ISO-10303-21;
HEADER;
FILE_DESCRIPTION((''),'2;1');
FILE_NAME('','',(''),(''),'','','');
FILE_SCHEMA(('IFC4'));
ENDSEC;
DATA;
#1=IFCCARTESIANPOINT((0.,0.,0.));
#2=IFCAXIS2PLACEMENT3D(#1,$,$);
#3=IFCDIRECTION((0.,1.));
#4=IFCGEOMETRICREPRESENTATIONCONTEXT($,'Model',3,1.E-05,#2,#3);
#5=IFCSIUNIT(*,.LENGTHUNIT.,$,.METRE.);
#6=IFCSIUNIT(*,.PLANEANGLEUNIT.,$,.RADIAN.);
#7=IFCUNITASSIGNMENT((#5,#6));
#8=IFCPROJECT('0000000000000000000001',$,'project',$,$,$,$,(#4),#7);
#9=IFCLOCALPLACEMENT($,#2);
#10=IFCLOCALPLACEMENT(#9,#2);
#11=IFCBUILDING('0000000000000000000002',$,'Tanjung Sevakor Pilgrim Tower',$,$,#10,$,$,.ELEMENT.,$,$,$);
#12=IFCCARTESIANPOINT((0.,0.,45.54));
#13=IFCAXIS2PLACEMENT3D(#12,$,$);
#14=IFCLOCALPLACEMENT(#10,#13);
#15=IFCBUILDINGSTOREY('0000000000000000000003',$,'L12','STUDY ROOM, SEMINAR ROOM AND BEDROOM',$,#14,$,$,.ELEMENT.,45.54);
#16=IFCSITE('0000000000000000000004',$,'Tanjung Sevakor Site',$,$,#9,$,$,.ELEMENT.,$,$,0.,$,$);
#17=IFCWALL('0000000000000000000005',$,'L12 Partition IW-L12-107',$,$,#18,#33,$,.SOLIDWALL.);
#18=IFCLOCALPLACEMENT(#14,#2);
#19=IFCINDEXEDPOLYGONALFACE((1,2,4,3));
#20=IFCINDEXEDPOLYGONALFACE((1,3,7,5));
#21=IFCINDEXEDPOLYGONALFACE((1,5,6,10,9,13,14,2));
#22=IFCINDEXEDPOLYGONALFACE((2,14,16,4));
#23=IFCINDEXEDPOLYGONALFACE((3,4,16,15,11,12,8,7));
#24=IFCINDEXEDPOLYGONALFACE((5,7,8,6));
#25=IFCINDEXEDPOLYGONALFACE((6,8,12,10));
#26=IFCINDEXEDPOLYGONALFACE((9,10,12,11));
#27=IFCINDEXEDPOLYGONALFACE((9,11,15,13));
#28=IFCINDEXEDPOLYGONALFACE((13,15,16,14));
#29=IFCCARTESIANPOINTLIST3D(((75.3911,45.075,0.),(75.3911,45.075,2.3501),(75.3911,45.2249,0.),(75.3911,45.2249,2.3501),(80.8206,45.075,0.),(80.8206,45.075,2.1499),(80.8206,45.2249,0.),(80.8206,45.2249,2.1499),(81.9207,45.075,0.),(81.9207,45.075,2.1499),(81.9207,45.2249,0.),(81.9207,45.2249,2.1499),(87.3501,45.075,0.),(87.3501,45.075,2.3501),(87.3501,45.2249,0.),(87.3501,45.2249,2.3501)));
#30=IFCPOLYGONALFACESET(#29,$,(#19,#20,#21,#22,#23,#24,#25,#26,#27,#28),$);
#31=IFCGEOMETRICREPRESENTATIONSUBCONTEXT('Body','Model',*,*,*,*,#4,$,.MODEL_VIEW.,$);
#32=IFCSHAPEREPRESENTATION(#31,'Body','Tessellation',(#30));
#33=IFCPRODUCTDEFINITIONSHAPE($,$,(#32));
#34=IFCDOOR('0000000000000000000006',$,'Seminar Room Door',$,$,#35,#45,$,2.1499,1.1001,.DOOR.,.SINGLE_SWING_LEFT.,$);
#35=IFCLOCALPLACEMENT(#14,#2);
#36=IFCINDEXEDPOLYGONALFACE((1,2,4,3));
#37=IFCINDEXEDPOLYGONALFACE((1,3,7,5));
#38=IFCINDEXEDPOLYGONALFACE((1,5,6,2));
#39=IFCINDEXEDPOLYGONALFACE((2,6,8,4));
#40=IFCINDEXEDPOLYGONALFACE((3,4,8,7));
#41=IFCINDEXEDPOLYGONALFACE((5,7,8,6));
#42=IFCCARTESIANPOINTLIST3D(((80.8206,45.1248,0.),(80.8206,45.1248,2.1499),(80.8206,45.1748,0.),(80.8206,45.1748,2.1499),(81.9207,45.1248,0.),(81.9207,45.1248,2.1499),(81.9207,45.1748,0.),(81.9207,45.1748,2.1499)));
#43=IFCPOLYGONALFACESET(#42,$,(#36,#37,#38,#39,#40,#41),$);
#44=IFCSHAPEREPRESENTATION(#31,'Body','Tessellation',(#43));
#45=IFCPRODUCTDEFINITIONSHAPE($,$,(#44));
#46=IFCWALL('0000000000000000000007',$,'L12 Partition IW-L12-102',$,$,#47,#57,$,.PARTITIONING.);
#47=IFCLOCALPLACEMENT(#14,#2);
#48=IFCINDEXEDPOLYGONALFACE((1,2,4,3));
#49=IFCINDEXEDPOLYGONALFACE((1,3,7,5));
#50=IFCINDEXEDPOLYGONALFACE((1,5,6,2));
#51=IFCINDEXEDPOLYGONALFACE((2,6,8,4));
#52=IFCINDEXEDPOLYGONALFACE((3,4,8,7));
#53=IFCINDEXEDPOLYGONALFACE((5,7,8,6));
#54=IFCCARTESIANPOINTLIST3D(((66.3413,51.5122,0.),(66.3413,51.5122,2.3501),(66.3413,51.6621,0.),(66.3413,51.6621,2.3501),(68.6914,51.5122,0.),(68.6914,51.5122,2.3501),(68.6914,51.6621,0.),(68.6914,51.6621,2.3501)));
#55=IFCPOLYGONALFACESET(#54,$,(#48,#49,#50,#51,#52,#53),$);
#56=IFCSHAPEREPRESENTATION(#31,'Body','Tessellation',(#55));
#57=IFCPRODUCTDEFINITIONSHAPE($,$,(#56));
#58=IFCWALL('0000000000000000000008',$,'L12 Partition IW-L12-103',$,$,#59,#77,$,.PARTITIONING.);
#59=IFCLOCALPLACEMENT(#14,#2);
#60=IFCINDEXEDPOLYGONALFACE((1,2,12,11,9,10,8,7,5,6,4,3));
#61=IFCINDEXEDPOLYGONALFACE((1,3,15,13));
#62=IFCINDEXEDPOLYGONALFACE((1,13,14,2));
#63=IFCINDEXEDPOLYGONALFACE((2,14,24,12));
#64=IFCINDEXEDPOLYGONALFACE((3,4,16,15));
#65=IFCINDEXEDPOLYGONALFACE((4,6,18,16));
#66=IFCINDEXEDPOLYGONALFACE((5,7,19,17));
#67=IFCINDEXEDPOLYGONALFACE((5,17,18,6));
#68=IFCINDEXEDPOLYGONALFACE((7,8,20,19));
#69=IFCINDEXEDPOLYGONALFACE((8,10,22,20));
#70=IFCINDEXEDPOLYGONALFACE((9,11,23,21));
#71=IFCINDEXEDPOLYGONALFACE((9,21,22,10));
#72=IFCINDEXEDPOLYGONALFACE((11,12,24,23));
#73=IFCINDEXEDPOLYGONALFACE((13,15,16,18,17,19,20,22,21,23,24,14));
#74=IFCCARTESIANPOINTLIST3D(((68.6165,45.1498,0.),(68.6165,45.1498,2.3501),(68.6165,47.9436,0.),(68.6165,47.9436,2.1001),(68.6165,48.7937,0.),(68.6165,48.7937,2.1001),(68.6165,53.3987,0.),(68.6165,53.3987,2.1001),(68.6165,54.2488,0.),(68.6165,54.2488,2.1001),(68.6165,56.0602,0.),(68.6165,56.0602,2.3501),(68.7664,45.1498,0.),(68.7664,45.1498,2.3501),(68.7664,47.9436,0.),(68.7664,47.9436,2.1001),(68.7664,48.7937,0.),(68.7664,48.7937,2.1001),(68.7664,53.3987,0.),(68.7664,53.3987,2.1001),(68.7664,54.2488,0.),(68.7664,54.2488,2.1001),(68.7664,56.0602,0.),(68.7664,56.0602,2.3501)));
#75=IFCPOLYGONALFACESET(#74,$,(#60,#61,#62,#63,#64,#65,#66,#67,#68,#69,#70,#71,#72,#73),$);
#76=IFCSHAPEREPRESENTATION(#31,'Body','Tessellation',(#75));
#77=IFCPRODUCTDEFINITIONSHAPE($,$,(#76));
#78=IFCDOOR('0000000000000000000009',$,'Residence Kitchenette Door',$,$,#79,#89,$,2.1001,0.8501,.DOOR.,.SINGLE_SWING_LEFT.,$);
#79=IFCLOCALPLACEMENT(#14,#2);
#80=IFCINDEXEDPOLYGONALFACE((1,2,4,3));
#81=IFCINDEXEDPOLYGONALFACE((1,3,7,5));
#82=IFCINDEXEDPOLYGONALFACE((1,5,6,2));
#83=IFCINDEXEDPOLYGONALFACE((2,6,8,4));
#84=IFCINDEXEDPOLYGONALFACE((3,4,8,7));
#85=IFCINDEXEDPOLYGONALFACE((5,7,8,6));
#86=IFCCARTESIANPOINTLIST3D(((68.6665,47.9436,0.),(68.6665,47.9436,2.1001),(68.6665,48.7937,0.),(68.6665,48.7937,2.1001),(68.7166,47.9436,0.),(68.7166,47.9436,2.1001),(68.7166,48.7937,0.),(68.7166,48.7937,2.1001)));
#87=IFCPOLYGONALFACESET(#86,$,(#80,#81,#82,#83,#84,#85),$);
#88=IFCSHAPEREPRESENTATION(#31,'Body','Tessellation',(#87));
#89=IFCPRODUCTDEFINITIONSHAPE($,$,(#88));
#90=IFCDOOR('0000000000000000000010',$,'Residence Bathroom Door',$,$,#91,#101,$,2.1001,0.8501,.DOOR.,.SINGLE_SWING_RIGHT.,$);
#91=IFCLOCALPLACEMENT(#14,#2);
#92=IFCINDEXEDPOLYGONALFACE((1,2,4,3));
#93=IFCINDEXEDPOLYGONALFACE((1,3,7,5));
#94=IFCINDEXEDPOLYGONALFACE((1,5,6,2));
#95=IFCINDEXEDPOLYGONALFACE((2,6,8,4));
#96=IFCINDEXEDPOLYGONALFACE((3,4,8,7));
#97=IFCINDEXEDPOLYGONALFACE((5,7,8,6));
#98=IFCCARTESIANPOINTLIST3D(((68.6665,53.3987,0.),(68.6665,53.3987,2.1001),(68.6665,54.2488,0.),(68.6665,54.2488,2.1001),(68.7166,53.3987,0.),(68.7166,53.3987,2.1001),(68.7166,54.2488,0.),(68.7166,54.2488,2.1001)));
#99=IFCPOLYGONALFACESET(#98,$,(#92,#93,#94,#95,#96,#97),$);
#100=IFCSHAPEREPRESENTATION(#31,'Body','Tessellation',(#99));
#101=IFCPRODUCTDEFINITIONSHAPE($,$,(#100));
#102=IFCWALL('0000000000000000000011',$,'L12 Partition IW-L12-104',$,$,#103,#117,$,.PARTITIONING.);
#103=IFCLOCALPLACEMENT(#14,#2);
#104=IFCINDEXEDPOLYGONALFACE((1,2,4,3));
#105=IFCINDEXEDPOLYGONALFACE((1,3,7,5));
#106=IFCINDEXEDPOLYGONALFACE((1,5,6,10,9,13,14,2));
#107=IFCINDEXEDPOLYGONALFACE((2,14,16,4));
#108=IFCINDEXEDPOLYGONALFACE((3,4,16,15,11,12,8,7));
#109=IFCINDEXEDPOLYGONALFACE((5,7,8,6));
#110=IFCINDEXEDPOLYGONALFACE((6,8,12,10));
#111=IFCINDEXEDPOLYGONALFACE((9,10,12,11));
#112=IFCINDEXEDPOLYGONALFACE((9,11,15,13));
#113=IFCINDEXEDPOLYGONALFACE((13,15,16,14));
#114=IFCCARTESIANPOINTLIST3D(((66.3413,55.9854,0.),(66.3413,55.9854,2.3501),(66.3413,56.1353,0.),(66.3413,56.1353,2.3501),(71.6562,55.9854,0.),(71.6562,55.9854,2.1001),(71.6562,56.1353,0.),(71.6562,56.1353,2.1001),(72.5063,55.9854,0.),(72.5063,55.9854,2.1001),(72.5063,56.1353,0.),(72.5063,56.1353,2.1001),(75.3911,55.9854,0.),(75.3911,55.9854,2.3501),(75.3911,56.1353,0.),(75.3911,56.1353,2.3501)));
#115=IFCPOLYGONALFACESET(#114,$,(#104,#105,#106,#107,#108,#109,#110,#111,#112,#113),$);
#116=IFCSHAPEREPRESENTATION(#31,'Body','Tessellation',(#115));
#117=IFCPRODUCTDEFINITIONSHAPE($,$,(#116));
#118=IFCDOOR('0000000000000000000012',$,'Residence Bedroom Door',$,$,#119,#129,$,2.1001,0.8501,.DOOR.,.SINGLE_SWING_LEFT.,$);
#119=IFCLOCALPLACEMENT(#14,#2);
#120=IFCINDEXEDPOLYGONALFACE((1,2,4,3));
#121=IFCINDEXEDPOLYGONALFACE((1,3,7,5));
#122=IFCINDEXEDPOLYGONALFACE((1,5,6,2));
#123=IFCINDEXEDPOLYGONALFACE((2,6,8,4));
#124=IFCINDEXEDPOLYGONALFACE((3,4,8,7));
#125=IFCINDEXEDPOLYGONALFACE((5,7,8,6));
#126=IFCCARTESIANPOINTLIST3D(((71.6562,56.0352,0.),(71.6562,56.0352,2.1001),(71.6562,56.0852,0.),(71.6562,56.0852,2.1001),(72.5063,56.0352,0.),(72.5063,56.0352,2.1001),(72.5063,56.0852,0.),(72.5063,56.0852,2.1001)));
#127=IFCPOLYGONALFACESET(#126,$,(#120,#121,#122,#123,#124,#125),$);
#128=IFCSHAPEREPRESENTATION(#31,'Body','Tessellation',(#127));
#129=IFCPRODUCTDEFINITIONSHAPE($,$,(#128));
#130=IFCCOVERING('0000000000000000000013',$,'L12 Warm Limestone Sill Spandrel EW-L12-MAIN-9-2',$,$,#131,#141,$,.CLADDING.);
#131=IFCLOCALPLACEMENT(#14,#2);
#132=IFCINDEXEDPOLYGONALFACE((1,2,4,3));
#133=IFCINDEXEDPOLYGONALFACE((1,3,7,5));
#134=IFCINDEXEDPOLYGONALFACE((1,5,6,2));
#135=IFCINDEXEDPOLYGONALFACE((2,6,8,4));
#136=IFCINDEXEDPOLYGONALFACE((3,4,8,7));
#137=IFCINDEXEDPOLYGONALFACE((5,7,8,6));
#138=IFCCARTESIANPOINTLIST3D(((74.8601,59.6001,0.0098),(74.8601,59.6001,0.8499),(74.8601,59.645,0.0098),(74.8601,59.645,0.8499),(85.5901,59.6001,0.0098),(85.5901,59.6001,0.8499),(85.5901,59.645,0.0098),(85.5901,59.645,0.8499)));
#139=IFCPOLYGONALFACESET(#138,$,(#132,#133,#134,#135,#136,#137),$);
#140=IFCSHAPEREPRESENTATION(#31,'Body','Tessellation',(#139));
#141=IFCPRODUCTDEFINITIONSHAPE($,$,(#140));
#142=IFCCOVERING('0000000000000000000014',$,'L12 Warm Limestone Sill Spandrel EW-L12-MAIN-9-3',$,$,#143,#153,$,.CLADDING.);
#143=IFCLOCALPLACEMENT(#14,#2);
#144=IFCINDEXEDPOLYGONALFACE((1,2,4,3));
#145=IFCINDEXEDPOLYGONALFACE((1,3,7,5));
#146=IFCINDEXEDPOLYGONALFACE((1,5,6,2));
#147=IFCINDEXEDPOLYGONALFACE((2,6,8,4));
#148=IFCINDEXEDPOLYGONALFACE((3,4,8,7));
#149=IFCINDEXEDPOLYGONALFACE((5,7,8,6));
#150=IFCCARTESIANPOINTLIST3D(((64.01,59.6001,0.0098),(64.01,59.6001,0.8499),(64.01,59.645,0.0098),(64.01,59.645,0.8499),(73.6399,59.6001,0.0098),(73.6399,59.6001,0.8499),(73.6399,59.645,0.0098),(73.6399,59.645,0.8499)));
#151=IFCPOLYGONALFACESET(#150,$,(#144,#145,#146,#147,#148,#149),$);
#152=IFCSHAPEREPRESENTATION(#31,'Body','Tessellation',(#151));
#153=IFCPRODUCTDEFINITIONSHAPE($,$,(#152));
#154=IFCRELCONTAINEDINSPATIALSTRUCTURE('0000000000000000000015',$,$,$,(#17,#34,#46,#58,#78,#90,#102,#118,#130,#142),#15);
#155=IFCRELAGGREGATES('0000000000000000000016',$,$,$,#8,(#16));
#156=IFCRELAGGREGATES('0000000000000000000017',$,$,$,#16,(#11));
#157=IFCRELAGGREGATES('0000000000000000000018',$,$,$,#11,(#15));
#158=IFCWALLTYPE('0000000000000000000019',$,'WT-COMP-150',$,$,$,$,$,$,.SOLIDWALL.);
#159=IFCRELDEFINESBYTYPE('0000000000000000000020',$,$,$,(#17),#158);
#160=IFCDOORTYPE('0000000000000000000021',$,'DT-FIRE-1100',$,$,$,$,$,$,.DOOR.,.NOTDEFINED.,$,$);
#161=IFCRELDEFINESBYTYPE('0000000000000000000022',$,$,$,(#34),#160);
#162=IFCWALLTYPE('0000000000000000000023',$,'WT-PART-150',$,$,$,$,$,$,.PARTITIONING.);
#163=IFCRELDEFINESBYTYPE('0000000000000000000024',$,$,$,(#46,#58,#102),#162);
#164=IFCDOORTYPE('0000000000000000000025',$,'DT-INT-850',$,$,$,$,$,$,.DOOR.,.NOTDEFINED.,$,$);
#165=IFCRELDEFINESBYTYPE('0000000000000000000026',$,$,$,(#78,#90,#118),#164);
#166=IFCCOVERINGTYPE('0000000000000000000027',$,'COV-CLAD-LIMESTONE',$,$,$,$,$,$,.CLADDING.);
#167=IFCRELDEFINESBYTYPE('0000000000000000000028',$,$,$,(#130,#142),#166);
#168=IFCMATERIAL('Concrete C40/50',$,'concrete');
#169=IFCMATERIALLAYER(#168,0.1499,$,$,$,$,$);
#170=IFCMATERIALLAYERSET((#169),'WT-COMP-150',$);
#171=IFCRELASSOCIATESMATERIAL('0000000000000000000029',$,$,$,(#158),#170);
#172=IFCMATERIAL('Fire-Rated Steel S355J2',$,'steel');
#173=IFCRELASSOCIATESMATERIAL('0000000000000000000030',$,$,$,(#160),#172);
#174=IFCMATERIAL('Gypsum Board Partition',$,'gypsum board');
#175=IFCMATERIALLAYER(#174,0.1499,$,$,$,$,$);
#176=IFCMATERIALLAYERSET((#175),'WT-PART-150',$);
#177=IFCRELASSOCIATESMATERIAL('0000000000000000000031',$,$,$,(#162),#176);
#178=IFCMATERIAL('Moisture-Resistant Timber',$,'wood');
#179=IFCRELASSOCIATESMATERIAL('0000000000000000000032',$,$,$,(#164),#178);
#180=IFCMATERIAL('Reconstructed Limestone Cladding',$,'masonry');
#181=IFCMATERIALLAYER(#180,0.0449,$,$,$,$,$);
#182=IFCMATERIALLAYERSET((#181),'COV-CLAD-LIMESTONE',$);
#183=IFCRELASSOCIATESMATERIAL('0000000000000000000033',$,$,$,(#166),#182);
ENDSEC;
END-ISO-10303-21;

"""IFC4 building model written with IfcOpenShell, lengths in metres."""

from ifc_helpers import new_model, si_unit, direction, frame, frame_2d, origin, origin_2d, place, context, subcontext, project, spatial, rectangle, extrude, material, layer, layer_set, type_object, element, fill, save


model = new_model("IFC4")

# Units and contexts
model_context = context("Model", 3, precision=1e-05, world=origin(), true_north=direction((0.0, 1.0)))
body_context = subcontext(model_context, "Body", "Model", "MODEL_VIEW")
ifc_project = project(units=[si_unit("LENGTHUNIT", "METRE"), si_unit("PLANEANGLEUNIT", "RADIAN")], contexts=[model_context])

# Site, building, storey
site_placement = place(None, origin())
site = spatial("IfcSite", under=ifc_project, at=site_placement, Name="Tanjung Sevakor Site", CompositionType="ELEMENT", RefElevation=0.0)
building_placement = place(site_placement, origin())
building = spatial("IfcBuilding", under=site, at=building_placement, Name="Tanjung Sevakor Pilgrim Tower", CompositionType="ELEMENT")
storey_placement = place(building_placement, frame((0.0, 0.0, 45.54)))
storey = spatial("IfcBuildingStorey", under=building, at=storey_placement, Name="L12", Description="STUDY ROOM, SEMINAR ROOM AND BEDROOM", CompositionType="ELEMENT", Elevation=45.54)

# Shared definitions
ifc_material_1 = material(Name="Concrete C40/50", Category="concrete")
ifc_layer_1 = layer(ifc_material_1, 0.1499)
ifc_layer_set_1 = layer_set([ifc_layer_1], Name="WT-COMP-150")
wall_type_1 = type_object("IfcWallType", Name="WT-COMP-150", PredefinedType="SOLIDWALL", material=ifc_layer_set_1)

# Wall, opening, door
wall_1_placement = place(storey_placement, frame((75.3911, 45.1499, 0.0), z_axis=(0.0, 0.0, 1.0), x_axis=(1.0, 0.0, 0.0)))
wall_1 = element("IfcWall", 1, at=wall_1_placement, inside=storey, type_object=wall_type_1, Name="L12 Partition IW-L12-107", PredefinedType="SOLIDWALL", context=body_context, shape_type="SweptSolid", body=[
    extrude(rectangle(XDim=11.959, YDim=0.1499, at=frame_2d((5.9795, 0.0))), origin(), (0.0, 0.0, 1.0), 2.3501),
])
opening_1_placement = place(wall_1_placement, frame((5.4294, 0.0, 0.0)))
opening_1 = element("IfcOpeningElement", 2, at=opening_1_placement, cuts=wall_1, PredefinedType="OPENING", context=body_context, shape_type="SweptSolid", body=[
    extrude(rectangle(XDim=1.1001, YDim=2.1499, at=frame_2d((0.55, 1.075))), frame((0.0, 0.085, 0.0), z_axis=(0.0, -1.0, 0.0), x_axis=(1.0, 0.0, 0.0)), (0.0, 0.0, 1.0), 0.1699),
])
ifc_material_2 = material(Name="Fire-Rated Steel S355J2", Category="steel")
door_type_1 = type_object("IfcDoorType", Name="DT-FIRE-1100", OperationType="NOTDEFINED", PredefinedType="DOOR", material=ifc_material_2)
door_1_placement = place(opening_1_placement, origin())
door_1 = element("IfcDoor", 3, at=door_1_placement, inside=storey, type_object=door_type_1, Name="Seminar Room Door", OperationType="SINGLE_SWING_LEFT", OverallHeight=2.1499, OverallWidth=1.1001, PredefinedType="DOOR", context=body_context, shape_type="SweptSolid", body=[
    extrude(rectangle(XDim=1.1001, YDim=2.1499, at=frame_2d((0.55, 1.075))), frame((0.0, 0.0249, 0.0), z_axis=(0.0, -1.0, 0.0), x_axis=(1.0, 0.0, 0.0)), (0.0, 0.0, 1.0), 0.05),
])
fill(opening_1, door_1)

# Wall
ifc_material_3 = material(Name="Gypsum Board Partition", Category="gypsum board")
ifc_layer_2 = layer(ifc_material_3, 0.1499)
ifc_layer_set_2 = layer_set([ifc_layer_2], Name="WT-PART-150")
wall_type_2 = type_object("IfcWallType", Name="WT-PART-150", PredefinedType="PARTITIONING", material=ifc_layer_set_2)
wall_2_placement = place(storey_placement, frame((66.3413, 51.5872, 0.0), z_axis=(0.0, 0.0, 1.0), x_axis=(1.0, 0.0, 0.0)))
element("IfcWall", 4, at=wall_2_placement, inside=storey, type_object=wall_type_2, Name="L12 Partition IW-L12-102", PredefinedType="PARTITIONING", context=body_context, shape_type="SweptSolid", body=[
    extrude(rectangle(XDim=2.3501, YDim=0.1499, at=frame_2d((1.175, 0.0))), origin(), (0.0, 0.0, 1.0), 2.3501),
])

# Wall, openings, doors
wall_3_placement = place(storey_placement, frame((68.6914, 45.1499, 0.0), z_axis=(0.0, 0.0, 1.0), x_axis=(0.0, 1.0, 0.0)))
wall_3 = element("IfcWall", 5, at=wall_3_placement, inside=storey, type_object=wall_type_2, Name="L12 Partition IW-L12-103", PredefinedType="PARTITIONING", context=body_context, shape_type="SweptSolid", body=[
    extrude(rectangle(XDim=10.9104, YDim=0.1499, at=frame_2d((5.4551, 0.0))), origin(), (0.0, 0.0, 1.0), 2.3501),
])
opening_2_placement = place(wall_3_placement, frame((2.7937, 0.0, 0.0)))
opening_2 = element("IfcOpeningElement", 6, at=opening_2_placement, cuts=wall_3, PredefinedType="OPENING", context=body_context, shape_type="SweptSolid", body=[
    extrude(rectangle(XDim=0.8501, YDim=2.1001, at=frame_2d((0.425, 1.05))), frame((0.0, 0.085, 0.0), z_axis=(0.0, -1.0, 0.0), x_axis=(1.0, 0.0, 0.0)), (0.0, 0.0, 1.0), 0.1699),
])
opening_3_placement = place(wall_3_placement, frame((8.2488, 0.0, 0.0)))
opening_3 = element("IfcOpeningElement", 7, at=opening_3_placement, cuts=wall_3, PredefinedType="OPENING", context=body_context, shape_type="SweptSolid", body=[
    extrude(rectangle(XDim=0.8501, YDim=2.1001, at=frame_2d((0.425, 1.05))), frame((0.0, 0.085, 0.0), z_axis=(0.0, -1.0, 0.0), x_axis=(1.0, 0.0, 0.0)), (0.0, 0.0, 1.0), 0.1699),
])
ifc_material_4 = material(Name="Moisture-Resistant Timber", Category="wood")
door_type_2 = type_object("IfcDoorType", Name="DT-INT-850", OperationType="NOTDEFINED", PredefinedType="DOOR", material=ifc_material_4)
door_2_placement = place(opening_2_placement, origin())
door_2 = element("IfcDoor", 8, at=door_2_placement, inside=storey, type_object=door_type_2, Name="Residence Kitchenette Door", OperationType="SINGLE_SWING_LEFT", OverallHeight=2.1001, OverallWidth=0.8501, PredefinedType="DOOR", context=body_context, shape_type="SweptSolid", body=[
    extrude(rectangle(XDim=0.8501, YDim=2.1001, at=frame_2d((0.425, 1.05))), frame((0.0, 0.0249, 0.0), z_axis=(0.0, -1.0, 0.0), x_axis=(1.0, 0.0, 0.0)), (0.0, 0.0, 1.0), 0.05),
])
fill(opening_2, door_2)
door_3_placement = place(opening_3_placement, origin())
door_3 = element("IfcDoor", 9, at=door_3_placement, inside=storey, type_object=door_type_2, Name="Residence Bathroom Door", OperationType="SINGLE_SWING_RIGHT", OverallHeight=2.1001, OverallWidth=0.8501, PredefinedType="DOOR", context=body_context, shape_type="SweptSolid", body=[
    extrude(rectangle(XDim=0.8501, YDim=2.1001, at=frame_2d((0.425, 1.05))), frame((0.0, 0.0249, 0.0), z_axis=(0.0, -1.0, 0.0), x_axis=(1.0, 0.0, 0.0)), (0.0, 0.0, 1.0), 0.05),
])
fill(opening_3, door_3)

# Wall, opening, door
wall_4_placement = place(storey_placement, frame((66.3413, 56.0603, 0.0), z_axis=(0.0, 0.0, 1.0), x_axis=(1.0, 0.0, 0.0)))
wall_4 = element("IfcWall", 10, at=wall_4_placement, inside=storey, type_object=wall_type_2, Name="L12 Partition IW-L12-104", PredefinedType="PARTITIONING", context=body_context, shape_type="SweptSolid", body=[
    extrude(rectangle(XDim=9.0498, YDim=0.1499, at=frame_2d((4.5249, 0.0))), origin(), (0.0, 0.0, 1.0), 2.3501),
])
opening_4_placement = place(wall_4_placement, frame((5.3149, 0.0, 0.0)))
opening_4 = element("IfcOpeningElement", 11, at=opening_4_placement, cuts=wall_4, PredefinedType="OPENING", context=body_context, shape_type="SweptSolid", body=[
    extrude(rectangle(XDim=0.8501, YDim=2.1001, at=frame_2d((0.425, 1.05))), frame((0.0, 0.085, 0.0), z_axis=(0.0, -1.0, 0.0), x_axis=(1.0, 0.0, 0.0)), (0.0, 0.0, 1.0), 0.1699),
])
door_4_placement = place(opening_4_placement, origin())
door_4 = element("IfcDoor", 12, at=door_4_placement, inside=storey, type_object=door_type_2, Name="Residence Bedroom Door", OperationType="SINGLE_SWING_LEFT", OverallHeight=2.1001, OverallWidth=0.8501, PredefinedType="DOOR", context=body_context, shape_type="SweptSolid", body=[
    extrude(rectangle(XDim=0.8501, YDim=2.1001, at=frame_2d((0.425, 1.05))), frame((0.0, 0.0249, 0.0), z_axis=(0.0, -1.0, 0.0), x_axis=(1.0, 0.0, 0.0)), (0.0, 0.0, 1.0), 0.05),
])
fill(opening_4, door_4)

# Coverings
ifc_material_5 = material(Name="Reconstructed Limestone Cladding", Category="masonry")
ifc_layer_3 = layer(ifc_material_5, 0.0449)
ifc_layer_set_3 = layer_set([ifc_layer_3], Name="COV-CLAD-LIMESTONE")
covering_type = type_object("IfcCoveringType", Name="COV-CLAD-LIMESTONE", PredefinedType="CLADDING", material=ifc_layer_set_3)
covering_1_placement = place(storey_placement, frame((80.2251, 59.6226, 0.0098), z_axis=(0.0, 0.0, 1.0), x_axis=(-1.0, 0.0, 0.0)))
element("IfcCovering", 13, at=covering_1_placement, inside=storey, type_object=covering_type, Name="L12 Warm Limestone Sill Spandrel EW-L12-MAIN-9-2", PredefinedType="CLADDING", context=body_context, shape_type="SweptSolid", body=[
    extrude(rectangle(XDim=10.73, YDim=0.0449, at=origin_2d()), origin(), (0.0, 0.0, 1.0), 0.8401),
])
covering_2_placement = place(storey_placement, frame((68.825, 59.6226, 0.0098), z_axis=(0.0, 0.0, 1.0), x_axis=(-1.0, 0.0, 0.0)))
element("IfcCovering", 14, at=covering_2_placement, inside=storey, type_object=covering_type, Name="L12 Warm Limestone Sill Spandrel EW-L12-MAIN-9-3", PredefinedType="CLADDING", context=body_context, shape_type="SweptSolid", body=[
    extrude(rectangle(XDim=9.6299, YDim=0.0449, at=origin_2d()), origin(), (0.0, 0.0, 1.0), 0.8401),
])

save(model, "model.ifc")
